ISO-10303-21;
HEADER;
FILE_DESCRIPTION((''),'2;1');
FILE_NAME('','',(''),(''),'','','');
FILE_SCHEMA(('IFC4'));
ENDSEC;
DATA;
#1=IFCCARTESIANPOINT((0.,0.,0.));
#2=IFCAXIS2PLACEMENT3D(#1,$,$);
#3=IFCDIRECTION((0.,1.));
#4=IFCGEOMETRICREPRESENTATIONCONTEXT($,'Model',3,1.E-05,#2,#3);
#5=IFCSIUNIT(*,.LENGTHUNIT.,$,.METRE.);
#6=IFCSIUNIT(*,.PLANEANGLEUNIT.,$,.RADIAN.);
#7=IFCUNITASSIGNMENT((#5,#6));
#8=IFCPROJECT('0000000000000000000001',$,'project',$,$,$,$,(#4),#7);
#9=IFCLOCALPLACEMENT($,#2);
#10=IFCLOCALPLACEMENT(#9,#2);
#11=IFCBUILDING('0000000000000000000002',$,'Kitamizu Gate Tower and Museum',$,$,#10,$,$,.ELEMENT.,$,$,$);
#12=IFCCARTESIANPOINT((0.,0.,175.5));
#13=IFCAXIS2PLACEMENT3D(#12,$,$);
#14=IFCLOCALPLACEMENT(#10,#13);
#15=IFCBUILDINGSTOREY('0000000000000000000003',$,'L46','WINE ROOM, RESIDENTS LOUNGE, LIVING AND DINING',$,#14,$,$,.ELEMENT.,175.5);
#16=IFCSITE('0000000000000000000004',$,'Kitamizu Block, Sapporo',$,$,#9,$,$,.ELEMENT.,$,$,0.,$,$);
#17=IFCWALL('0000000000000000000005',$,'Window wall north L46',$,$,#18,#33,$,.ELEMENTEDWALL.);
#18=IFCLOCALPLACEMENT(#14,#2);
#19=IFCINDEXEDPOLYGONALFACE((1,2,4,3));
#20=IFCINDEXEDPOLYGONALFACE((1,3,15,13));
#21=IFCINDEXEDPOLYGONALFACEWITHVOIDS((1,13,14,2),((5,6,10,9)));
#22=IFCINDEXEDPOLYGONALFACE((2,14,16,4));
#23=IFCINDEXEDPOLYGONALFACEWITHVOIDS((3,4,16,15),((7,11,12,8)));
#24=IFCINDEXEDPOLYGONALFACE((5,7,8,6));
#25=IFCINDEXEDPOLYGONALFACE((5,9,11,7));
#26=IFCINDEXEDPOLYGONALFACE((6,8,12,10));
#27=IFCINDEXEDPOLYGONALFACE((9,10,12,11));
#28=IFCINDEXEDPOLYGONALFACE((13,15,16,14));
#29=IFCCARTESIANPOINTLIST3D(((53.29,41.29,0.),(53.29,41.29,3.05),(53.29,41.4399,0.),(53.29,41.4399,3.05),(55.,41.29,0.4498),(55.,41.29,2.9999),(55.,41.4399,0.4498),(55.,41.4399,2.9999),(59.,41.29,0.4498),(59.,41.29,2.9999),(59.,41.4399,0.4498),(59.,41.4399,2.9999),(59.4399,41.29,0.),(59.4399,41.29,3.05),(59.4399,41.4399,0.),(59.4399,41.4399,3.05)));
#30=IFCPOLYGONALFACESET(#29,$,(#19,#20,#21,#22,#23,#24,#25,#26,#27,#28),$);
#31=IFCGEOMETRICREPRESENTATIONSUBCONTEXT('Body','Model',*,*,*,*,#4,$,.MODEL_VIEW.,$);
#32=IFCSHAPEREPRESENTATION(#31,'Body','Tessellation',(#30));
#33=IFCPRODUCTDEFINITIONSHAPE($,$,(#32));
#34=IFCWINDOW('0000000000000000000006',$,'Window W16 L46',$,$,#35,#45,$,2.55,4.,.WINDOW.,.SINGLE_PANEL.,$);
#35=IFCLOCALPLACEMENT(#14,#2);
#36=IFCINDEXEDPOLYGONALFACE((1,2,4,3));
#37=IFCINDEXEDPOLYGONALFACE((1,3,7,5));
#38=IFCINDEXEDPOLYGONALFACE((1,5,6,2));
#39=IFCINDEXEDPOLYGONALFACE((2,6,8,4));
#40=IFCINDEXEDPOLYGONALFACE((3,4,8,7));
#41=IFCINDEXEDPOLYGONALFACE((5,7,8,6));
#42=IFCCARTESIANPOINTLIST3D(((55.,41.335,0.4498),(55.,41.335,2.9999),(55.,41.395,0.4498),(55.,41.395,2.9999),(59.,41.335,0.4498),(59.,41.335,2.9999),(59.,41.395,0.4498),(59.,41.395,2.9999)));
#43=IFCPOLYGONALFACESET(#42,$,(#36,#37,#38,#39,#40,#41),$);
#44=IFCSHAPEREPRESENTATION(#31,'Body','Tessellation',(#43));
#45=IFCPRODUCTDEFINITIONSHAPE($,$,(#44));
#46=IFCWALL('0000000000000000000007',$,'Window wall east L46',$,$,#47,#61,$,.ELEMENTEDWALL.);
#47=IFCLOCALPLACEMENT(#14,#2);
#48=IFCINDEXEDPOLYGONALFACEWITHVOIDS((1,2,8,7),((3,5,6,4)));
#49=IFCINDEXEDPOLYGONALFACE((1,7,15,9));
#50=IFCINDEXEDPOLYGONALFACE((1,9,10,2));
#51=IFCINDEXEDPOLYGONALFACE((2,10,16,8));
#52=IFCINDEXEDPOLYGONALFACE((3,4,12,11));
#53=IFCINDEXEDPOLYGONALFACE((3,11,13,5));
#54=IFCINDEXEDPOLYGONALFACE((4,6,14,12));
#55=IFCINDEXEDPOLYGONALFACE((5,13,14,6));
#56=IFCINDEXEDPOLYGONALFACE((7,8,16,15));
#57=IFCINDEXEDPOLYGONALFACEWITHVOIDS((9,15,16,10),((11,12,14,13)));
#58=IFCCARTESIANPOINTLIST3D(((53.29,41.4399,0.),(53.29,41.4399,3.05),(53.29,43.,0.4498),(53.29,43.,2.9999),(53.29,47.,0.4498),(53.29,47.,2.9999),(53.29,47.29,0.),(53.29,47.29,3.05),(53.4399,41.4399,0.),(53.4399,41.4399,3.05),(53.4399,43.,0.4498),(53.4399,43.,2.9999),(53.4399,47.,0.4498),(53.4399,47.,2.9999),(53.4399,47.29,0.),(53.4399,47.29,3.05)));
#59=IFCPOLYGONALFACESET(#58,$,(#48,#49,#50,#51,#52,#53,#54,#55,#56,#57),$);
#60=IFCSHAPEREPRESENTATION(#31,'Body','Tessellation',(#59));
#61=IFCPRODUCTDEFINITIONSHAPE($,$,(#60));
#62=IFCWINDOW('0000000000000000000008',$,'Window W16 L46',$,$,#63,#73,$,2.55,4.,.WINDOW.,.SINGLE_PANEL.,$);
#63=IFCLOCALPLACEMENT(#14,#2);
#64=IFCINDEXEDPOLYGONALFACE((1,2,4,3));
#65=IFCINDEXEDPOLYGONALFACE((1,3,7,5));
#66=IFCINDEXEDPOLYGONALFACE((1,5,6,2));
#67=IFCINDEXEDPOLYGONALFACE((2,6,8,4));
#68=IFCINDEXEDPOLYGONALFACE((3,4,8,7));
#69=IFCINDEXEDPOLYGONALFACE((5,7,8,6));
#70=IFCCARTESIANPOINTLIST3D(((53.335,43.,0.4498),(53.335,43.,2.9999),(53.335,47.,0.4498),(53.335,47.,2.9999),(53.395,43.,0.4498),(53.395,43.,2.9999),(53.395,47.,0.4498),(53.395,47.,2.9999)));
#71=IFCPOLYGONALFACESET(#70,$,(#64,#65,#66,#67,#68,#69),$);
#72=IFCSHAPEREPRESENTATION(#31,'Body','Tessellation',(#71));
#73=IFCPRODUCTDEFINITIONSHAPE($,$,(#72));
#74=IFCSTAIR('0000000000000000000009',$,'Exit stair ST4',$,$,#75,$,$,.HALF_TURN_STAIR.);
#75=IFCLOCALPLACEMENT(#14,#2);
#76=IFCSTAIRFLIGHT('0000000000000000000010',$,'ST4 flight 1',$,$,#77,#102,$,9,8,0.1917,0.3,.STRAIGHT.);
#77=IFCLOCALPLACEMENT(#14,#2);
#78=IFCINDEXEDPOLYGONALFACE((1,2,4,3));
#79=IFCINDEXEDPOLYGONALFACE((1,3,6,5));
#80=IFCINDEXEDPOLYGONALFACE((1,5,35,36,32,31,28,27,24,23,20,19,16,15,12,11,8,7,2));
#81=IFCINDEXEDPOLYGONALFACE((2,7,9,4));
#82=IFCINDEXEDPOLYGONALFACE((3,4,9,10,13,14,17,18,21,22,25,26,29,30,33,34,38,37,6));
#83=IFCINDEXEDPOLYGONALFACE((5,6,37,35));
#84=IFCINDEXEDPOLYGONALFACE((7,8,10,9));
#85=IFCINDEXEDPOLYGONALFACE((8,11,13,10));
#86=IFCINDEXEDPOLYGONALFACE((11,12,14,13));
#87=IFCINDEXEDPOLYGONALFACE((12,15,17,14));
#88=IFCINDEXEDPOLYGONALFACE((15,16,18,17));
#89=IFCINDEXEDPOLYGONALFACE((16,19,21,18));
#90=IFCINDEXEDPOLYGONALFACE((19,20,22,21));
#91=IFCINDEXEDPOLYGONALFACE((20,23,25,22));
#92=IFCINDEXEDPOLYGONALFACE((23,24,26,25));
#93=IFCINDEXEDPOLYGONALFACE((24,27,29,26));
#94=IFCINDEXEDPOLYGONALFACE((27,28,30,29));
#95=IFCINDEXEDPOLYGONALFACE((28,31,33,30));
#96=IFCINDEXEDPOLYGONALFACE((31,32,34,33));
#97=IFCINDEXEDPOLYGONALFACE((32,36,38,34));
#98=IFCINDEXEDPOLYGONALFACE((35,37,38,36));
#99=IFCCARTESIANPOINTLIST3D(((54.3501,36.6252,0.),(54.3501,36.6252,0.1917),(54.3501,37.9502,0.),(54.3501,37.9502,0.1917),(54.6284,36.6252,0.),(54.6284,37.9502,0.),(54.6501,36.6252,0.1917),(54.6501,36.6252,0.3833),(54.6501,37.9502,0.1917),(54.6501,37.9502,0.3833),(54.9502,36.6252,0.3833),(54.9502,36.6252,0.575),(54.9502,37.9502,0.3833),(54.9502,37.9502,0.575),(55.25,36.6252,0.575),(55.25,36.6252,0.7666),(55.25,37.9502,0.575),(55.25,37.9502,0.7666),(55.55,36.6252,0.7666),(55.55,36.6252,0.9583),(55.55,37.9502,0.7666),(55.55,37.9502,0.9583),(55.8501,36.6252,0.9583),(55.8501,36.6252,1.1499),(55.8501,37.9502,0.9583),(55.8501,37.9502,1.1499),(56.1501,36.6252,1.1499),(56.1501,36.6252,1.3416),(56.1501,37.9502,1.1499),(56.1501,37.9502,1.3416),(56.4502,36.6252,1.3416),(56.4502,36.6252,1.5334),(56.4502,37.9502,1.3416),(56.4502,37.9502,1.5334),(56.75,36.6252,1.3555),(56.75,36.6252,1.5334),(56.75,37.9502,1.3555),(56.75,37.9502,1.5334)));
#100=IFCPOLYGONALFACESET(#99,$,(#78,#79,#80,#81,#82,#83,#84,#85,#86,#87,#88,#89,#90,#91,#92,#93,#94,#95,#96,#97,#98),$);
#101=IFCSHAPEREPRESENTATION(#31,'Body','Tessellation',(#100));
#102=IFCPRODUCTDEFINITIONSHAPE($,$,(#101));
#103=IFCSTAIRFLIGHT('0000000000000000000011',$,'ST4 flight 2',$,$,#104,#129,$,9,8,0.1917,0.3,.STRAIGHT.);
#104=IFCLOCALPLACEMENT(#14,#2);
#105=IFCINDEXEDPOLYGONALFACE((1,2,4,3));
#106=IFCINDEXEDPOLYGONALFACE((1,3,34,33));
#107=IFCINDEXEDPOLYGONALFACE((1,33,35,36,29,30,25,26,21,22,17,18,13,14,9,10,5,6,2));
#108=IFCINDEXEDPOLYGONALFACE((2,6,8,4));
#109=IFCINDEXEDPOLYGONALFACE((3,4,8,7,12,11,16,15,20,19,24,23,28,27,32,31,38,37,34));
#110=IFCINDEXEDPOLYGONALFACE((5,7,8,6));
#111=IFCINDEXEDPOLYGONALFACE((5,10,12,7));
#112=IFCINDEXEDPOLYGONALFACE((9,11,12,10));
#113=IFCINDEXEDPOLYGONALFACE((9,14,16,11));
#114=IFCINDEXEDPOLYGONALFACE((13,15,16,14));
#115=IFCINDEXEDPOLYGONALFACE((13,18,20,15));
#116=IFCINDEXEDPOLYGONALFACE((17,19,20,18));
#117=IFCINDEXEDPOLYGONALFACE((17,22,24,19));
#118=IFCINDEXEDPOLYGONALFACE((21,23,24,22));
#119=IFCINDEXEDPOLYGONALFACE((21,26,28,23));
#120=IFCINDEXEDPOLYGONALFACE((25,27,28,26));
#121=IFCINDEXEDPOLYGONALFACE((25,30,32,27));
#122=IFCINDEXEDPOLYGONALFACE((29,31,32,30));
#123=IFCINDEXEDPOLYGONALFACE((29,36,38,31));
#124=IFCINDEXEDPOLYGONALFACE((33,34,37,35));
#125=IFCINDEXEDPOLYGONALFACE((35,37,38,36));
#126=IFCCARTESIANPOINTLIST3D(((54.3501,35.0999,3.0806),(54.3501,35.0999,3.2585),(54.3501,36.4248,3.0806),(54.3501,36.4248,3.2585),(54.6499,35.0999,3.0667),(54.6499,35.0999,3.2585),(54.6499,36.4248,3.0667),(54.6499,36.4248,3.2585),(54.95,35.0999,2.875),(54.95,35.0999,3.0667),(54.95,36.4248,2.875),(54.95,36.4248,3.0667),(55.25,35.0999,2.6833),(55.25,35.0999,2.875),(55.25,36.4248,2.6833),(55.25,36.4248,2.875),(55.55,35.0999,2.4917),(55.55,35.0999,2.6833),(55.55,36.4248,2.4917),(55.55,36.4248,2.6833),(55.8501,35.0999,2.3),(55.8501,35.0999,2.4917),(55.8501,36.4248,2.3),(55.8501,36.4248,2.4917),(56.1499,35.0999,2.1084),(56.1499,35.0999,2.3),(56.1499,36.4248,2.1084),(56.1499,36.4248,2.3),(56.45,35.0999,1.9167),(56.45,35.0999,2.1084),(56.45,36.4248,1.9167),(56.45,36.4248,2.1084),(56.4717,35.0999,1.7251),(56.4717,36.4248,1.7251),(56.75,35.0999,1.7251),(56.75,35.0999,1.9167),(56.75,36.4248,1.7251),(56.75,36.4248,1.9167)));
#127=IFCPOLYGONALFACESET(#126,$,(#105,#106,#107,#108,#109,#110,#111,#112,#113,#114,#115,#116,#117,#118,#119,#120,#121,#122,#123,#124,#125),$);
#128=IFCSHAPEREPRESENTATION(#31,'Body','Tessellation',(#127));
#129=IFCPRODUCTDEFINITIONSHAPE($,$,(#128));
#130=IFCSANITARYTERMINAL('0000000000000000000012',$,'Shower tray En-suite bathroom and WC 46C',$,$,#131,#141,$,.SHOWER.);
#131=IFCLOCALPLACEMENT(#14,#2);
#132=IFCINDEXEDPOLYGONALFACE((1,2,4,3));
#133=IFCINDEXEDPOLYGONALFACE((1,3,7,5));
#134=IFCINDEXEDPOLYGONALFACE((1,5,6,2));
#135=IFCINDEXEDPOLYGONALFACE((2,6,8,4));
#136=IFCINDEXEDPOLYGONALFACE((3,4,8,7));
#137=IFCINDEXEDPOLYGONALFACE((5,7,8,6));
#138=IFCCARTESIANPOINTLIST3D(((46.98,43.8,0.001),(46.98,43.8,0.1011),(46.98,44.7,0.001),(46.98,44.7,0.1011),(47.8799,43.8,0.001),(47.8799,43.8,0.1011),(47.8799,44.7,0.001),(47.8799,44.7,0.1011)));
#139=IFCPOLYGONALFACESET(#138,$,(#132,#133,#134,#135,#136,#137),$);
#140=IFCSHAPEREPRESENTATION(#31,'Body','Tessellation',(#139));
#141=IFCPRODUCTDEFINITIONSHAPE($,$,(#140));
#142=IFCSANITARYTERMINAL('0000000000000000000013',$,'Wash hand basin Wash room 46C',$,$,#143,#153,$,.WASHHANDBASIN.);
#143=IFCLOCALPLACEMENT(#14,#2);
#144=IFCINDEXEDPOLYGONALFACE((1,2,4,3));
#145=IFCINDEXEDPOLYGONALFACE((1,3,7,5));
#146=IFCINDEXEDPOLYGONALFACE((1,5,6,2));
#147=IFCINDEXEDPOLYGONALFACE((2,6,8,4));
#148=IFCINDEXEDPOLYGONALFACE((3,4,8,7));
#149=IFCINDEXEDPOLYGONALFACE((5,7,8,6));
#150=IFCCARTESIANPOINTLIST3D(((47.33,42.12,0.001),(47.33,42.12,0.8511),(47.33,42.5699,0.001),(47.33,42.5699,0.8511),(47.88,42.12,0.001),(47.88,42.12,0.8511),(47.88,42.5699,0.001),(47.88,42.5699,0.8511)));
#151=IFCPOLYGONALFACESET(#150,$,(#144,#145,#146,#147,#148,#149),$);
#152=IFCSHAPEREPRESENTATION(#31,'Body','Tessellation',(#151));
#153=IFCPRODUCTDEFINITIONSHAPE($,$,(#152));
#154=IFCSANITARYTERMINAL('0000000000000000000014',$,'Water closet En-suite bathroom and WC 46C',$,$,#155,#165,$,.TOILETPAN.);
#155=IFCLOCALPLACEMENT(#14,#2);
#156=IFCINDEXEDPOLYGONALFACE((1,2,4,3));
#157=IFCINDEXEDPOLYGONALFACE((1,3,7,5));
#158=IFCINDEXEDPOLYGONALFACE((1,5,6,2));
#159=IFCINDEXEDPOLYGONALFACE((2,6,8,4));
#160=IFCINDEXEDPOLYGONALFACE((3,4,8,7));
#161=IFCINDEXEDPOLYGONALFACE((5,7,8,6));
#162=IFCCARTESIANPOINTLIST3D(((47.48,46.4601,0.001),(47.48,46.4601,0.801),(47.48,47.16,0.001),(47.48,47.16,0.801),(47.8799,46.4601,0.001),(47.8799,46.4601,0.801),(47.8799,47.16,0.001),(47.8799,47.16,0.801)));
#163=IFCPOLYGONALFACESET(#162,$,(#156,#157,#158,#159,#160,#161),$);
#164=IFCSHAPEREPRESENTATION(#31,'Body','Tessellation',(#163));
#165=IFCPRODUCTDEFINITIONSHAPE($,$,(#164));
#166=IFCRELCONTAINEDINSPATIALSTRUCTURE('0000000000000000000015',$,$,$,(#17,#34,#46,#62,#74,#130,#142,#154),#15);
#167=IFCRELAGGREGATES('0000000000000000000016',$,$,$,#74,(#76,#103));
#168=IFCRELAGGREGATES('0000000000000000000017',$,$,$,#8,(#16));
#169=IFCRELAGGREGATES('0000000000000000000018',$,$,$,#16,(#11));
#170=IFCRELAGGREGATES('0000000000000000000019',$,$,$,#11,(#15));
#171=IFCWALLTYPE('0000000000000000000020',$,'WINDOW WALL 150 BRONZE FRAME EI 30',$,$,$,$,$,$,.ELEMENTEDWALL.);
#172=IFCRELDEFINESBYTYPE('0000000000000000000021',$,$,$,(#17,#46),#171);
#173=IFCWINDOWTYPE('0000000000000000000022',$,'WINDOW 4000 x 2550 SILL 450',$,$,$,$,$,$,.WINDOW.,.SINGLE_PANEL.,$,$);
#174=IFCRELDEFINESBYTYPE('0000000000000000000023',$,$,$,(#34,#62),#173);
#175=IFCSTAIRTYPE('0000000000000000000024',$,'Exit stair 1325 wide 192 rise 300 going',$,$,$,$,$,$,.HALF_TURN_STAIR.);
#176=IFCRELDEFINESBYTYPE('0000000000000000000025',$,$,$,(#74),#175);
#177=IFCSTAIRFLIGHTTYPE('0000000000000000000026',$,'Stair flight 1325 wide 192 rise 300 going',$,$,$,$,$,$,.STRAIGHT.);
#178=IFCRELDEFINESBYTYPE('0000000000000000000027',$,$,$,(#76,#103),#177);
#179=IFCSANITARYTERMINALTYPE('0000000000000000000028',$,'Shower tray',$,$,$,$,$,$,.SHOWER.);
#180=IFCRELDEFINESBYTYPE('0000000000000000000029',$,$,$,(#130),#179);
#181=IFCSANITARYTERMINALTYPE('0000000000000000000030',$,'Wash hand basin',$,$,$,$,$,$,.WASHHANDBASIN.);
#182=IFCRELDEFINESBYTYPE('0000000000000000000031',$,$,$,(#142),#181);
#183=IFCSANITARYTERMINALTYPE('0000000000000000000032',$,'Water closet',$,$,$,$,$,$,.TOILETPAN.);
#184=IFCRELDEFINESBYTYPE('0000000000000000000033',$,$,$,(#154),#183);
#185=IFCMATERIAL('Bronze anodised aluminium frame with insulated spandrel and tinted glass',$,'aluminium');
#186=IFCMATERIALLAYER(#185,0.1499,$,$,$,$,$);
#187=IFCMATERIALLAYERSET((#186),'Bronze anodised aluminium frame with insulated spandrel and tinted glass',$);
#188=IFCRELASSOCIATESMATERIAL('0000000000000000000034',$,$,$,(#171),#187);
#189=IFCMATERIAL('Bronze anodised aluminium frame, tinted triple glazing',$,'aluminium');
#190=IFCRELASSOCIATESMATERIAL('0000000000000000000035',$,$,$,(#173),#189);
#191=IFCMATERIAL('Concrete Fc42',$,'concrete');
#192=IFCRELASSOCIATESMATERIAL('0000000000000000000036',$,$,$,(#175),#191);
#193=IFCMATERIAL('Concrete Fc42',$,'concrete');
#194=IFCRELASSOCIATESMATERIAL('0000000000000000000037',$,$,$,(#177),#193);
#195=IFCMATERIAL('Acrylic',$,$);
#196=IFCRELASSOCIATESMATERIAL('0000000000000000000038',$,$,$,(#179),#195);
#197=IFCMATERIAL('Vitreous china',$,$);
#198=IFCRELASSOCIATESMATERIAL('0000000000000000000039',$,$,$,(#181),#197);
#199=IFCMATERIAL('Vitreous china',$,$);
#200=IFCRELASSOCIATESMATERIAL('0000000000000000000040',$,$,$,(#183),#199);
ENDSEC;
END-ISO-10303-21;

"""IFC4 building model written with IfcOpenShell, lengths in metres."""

from ifc_helpers import new_model, si_unit, direction, frame, frame_2d, origin, origin_2d, place, context, subcontext, project, spatial, polyline, rectangle, outline, extrude, material, layer, layer_set, type_object, element, fill, aggregate, save


model = new_model("IFC4")

# Units and contexts
model_context = context("Model", 3, precision=1e-05, world=origin(), true_north=direction((0.0, 1.0)))
body_context = subcontext(model_context, "Body", "Model", "MODEL_VIEW")
ifc_project = project(units=[si_unit("LENGTHUNIT", "METRE"), si_unit("PLANEANGLEUNIT", "RADIAN")], contexts=[model_context])

# Site, building, storey
site_placement = place(None, origin())
site = spatial("IfcSite", under=ifc_project, at=site_placement, Name="Kitamizu Block, Sapporo", CompositionType="ELEMENT", RefElevation=0.0)
building_placement = place(site_placement, origin())
building = spatial("IfcBuilding", under=site, at=building_placement, Name="Kitamizu Gate Tower and Museum", CompositionType="ELEMENT")
storey_placement = place(building_placement, frame((0.0, 0.0, 175.5)))
storey = spatial("IfcBuildingStorey", under=building, at=storey_placement, Name="L46", Description="WINE ROOM, RESIDENTS LOUNGE, LIVING AND DINING", CompositionType="ELEMENT", Elevation=175.5)

# Shared definitions
ifc_material_1 = material(Name="Bronze anodised aluminium frame with insulated spandrel and tinted glass", Category="aluminium")
ifc_layer_1 = layer(ifc_material_1, 0.1499)
ifc_layer_set_1 = layer_set([ifc_layer_1], Name="Bronze anodised aluminium frame with insulated spandrel and tinted glass")
wall_type_1 = type_object("IfcWallType", Name="WINDOW WALL 150 BRONZE FRAME EI 30", PredefinedType="ELEMENTEDWALL", material=ifc_layer_set_1)

# Walls, openings, windows
wall_1_placement = place(storey_placement, frame((53.29, 41.365, 0.0), z_axis=(0.0, 0.0, 1.0), x_axis=(1.0, 0.0, 0.0)))
wall_1 = element("IfcWall", 1, at=wall_1_placement, inside=storey, type_object=wall_type_1, Name="Window wall north L46", PredefinedType="ELEMENTEDWALL", context=body_context, shape_type="SweptSolid", body=[
    extrude(rectangle(XDim=6.1499, YDim=0.1499, at=frame_2d((3.075, 0.0))), origin(), (0.0, 0.0, 1.0), 3.05),
])
opening_1_placement = place(wall_1_placement, frame((1.71, 0.0, 0.45)))
opening_1 = element("IfcOpeningElement", 2, at=opening_1_placement, cuts=wall_1, PredefinedType="OPENING", context=body_context, shape_type="SweptSolid", body=[
    extrude(rectangle(XDim=4.0, YDim=2.55, at=frame_2d((2.0, 1.2749))), frame((0.0, 0.085, 0.0), z_axis=(0.0, -1.0, 0.0), x_axis=(1.0, 0.0, 0.0)), (0.0, 0.0, 1.0), 0.1699),
])
ifc_material_2 = material(Name="Bronze anodised aluminium frame, tinted triple glazing", Category="aluminium")
window_type = type_object("IfcWindowType", Name="WINDOW 4000 x 2550 SILL 450", PartitioningType="SINGLE_PANEL", PredefinedType="WINDOW", material=ifc_material_2)
window_1_placement = place(opening_1_placement, origin())
window_1 = element("IfcWindow", 3, at=window_1_placement, inside=storey, type_object=window_type, Name="Window W16 L46", OverallHeight=2.55, OverallWidth=4.0, PartitioningType="SINGLE_PANEL", PredefinedType="WINDOW", context=body_context, shape_type="SweptSolid", body=[
    extrude(rectangle(XDim=4.0, YDim=2.55, at=frame_2d((2.0, 1.2749))), frame((0.0, 0.03, 0.0), z_axis=(0.0, -1.0, 0.0), x_axis=(1.0, 0.0, 0.0)), (0.0, 0.0, 1.0), 0.0601),
])
fill(opening_1, window_1)
wall_2_placement = place(storey_placement, frame((53.365, 41.4399, 0.0), z_axis=(0.0, 0.0, 1.0), x_axis=(0.0, 1.0, 0.0)))
wall_2 = element("IfcWall", 4, at=wall_2_placement, inside=storey, type_object=wall_type_1, Name="Window wall east L46", PredefinedType="ELEMENTEDWALL", context=body_context, shape_type="SweptSolid", body=[
    extrude(rectangle(XDim=5.8501, YDim=0.1499, at=frame_2d((2.925, 0.0))), origin(), (0.0, 0.0, 1.0), 3.05),
])
opening_2_placement = place(wall_2_placement, frame((1.5601, 0.0, 0.45)))
opening_2 = element("IfcOpeningElement", 5, at=opening_2_placement, cuts=wall_2, PredefinedType="OPENING", context=body_context, shape_type="SweptSolid", body=[
    extrude(rectangle(XDim=4.0, YDim=2.55, at=frame_2d((2.0, 1.2749))), frame((0.0, 0.085, 0.0), z_axis=(0.0, -1.0, 0.0), x_axis=(1.0, 0.0, 0.0)), (0.0, 0.0, 1.0), 0.1699),
])
window_2_placement = place(opening_2_placement, origin())
window_2 = element("IfcWindow", 6, at=window_2_placement, inside=storey, type_object=window_type, Name="Window W16 L46", OverallHeight=2.55, OverallWidth=4.0, PartitioningType="SINGLE_PANEL", PredefinedType="WINDOW", context=body_context, shape_type="SweptSolid", body=[
    extrude(rectangle(XDim=4.0, YDim=2.55, at=frame_2d((2.0, 1.2749))), frame((0.0, 0.03, 0.0), z_axis=(0.0, -1.0, 0.0), x_axis=(1.0, 0.0, 0.0)), (0.0, 0.0, 1.0), 0.0601),
])
fill(opening_2, window_2)

# Stair, stair flights
ifc_material_3 = material(Name="Concrete Fc42", Category="concrete")
stair_type = type_object("IfcStairType", Name="Exit stair 1325 wide 192 rise 300 going", PredefinedType="HALF_TURN_STAIR", material=ifc_material_3)
stair_placement = place(storey_placement, origin())
stair = element("IfcStair", 7, at=stair_placement, inside=storey, type_object=stair_type, Name="Exit stair ST4", PredefinedType="HALF_TURN_STAIR")
ifc_material_4 = material(Name="Concrete Fc42", Category="concrete")
stair_flight_type = type_object("IfcStairFlightType", Name="Stair flight 1325 wide 192 rise 300 going", PredefinedType="STRAIGHT", material=ifc_material_4)
stair_flight_1_placement = place(storey_placement, frame((54.3501, 37.2876, 0.0), z_axis=(0.0, 0.0, 1.0), x_axis=(1.0, 0.0, 0.0)))
stair_flight_1 = element("IfcStairFlight", 8, at=stair_flight_1_placement, type_object=stair_flight_type, Name="ST4 flight 1", NumberOfRisers=9, NumberOfTreads=8, PredefinedType="STRAIGHT", RiserHeight=0.1917, TreadLength=0.3, context=body_context, shape_type="SweptSolid", body=[
    extrude(outline(polyline([(0.0, 0.0), (0.0, 0.1917), (0.3, 0.1917), (0.3, 0.3833), (0.6001, 0.3833), (0.6001, 0.575), (0.8999, 0.575), (0.8999, 0.7666), (1.2, 0.7666), (1.2, 0.9583), (1.5, 0.9583), (1.5, 1.1499), (1.8, 1.1499), (1.8, 1.3416), (2.1001, 1.3416), (2.1001, 1.5334), (2.3999, 1.5334), (2.3999, 1.7251), (2.3999, 1.3555), (0.2783, 0.0), (0.0, 0.0)])), frame((0.0, 0.6626, 0.0), z_axis=(0.0, -1.0, 0.0), x_axis=(1.0, 0.0, 0.0)), (0.0, 0.0, 1.0), 1.325),
])
stair_flight_2_placement = place(storey_placement, frame((56.75, 35.7625, 1.7251), z_axis=(0.0, 0.0, 1.0), x_axis=(-1.0, 0.0, 0.0)))
stair_flight_2 = element("IfcStairFlight", 9, at=stair_flight_2_placement, type_object=stair_flight_type, Name="ST4 flight 2", NumberOfRisers=9, NumberOfTreads=8, PredefinedType="STRAIGHT", RiserHeight=0.1917, TreadLength=0.3, context=body_context, shape_type="SweptSolid", body=[
    extrude(outline(polyline([(0.0, 0.0), (0.0, 0.1917), (0.3, 0.1917), (0.3, 0.3833), (0.6001, 0.3833), (0.6001, 0.575), (0.8999, 0.575), (0.8999, 0.7666), (1.2, 0.7666), (1.2, 0.9583), (1.5, 0.9583), (1.5, 1.1499), (1.8, 1.1499), (1.8, 1.3416), (2.1001, 1.3416), (2.1001, 1.5334), (2.3999, 1.5334), (2.3999, 1.7251), (2.3999, 1.3555), (0.2783, 0.0), (0.0, 0.0)])), frame((0.0, 0.6626, 0.0), z_axis=(0.0, -1.0, 0.0), x_axis=(1.0, 0.0, 0.0)), (0.0, 0.0, 1.0), 1.325),
])
aggregate(stair, [stair_flight_1, stair_flight_2])

# Sanitary terminals
ifc_material_5 = material(Name="Acrylic")
sanitary_terminal_type_1 = type_object("IfcSanitaryTerminalType", Name="Shower tray", PredefinedType="SHOWER", material=ifc_material_5)
sanitary_terminal_1_placement = place(storey_placement, frame((47.4299, 44.25, 0.001), z_axis=(0.0, 0.0, 1.0), x_axis=(1.0, 0.0, 0.0)))
element("IfcSanitaryTerminal", 10, at=sanitary_terminal_1_placement, inside=storey, type_object=sanitary_terminal_type_1, Name="Shower tray En-suite bathroom and WC 46C", PredefinedType="SHOWER", context=body_context, shape_type="SweptSolid", body=[
    extrude(rectangle(XDim=0.8999, YDim=0.8999, at=origin_2d()), origin(), (0.0, 0.0, 1.0), 0.1001),
])
ifc_material_6 = material(Name="Vitreous china")
sanitary_terminal_type_2 = type_object("IfcSanitaryTerminalType", Name="Wash hand basin", PredefinedType="WASHHANDBASIN", material=ifc_material_6)
sanitary_terminal_2_placement = place(storey_placement, frame((47.605, 42.345, 0.001), z_axis=(0.0, 0.0, 1.0), x_axis=(1.0, 0.0, 0.0)))
element("IfcSanitaryTerminal", 11, at=sanitary_terminal_2_placement, inside=storey, type_object=sanitary_terminal_type_2, Name="Wash hand basin Wash room 46C", PredefinedType="WASHHANDBASIN", context=body_context, shape_type="SweptSolid", body=[
    extrude(rectangle(XDim=0.55, YDim=0.45, at=origin_2d()), origin(), (0.0, 0.0, 1.0), 0.8501),
])
ifc_material_7 = material(Name="Vitreous china")
sanitary_terminal_type_3 = type_object("IfcSanitaryTerminalType", Name="Water closet", PredefinedType="TOILETPAN", material=ifc_material_7)
sanitary_terminal_3_placement = place(storey_placement, frame((47.6799, 46.8101, 0.001), z_axis=(0.0, 0.0, 1.0), x_axis=(1.0, 0.0, 0.0)))
element("IfcSanitaryTerminal", 12, at=sanitary_terminal_3_placement, inside=storey, type_object=sanitary_terminal_type_3, Name="Water closet En-suite bathroom and WC 46C", PredefinedType="TOILETPAN", context=body_context, shape_type="SweptSolid", body=[
    extrude(rectangle(XDim=0.3999, YDim=0.7, at=origin_2d()), origin(), (0.0, 0.0, 1.0), 0.8),
])

save(model, "model.ifc")
